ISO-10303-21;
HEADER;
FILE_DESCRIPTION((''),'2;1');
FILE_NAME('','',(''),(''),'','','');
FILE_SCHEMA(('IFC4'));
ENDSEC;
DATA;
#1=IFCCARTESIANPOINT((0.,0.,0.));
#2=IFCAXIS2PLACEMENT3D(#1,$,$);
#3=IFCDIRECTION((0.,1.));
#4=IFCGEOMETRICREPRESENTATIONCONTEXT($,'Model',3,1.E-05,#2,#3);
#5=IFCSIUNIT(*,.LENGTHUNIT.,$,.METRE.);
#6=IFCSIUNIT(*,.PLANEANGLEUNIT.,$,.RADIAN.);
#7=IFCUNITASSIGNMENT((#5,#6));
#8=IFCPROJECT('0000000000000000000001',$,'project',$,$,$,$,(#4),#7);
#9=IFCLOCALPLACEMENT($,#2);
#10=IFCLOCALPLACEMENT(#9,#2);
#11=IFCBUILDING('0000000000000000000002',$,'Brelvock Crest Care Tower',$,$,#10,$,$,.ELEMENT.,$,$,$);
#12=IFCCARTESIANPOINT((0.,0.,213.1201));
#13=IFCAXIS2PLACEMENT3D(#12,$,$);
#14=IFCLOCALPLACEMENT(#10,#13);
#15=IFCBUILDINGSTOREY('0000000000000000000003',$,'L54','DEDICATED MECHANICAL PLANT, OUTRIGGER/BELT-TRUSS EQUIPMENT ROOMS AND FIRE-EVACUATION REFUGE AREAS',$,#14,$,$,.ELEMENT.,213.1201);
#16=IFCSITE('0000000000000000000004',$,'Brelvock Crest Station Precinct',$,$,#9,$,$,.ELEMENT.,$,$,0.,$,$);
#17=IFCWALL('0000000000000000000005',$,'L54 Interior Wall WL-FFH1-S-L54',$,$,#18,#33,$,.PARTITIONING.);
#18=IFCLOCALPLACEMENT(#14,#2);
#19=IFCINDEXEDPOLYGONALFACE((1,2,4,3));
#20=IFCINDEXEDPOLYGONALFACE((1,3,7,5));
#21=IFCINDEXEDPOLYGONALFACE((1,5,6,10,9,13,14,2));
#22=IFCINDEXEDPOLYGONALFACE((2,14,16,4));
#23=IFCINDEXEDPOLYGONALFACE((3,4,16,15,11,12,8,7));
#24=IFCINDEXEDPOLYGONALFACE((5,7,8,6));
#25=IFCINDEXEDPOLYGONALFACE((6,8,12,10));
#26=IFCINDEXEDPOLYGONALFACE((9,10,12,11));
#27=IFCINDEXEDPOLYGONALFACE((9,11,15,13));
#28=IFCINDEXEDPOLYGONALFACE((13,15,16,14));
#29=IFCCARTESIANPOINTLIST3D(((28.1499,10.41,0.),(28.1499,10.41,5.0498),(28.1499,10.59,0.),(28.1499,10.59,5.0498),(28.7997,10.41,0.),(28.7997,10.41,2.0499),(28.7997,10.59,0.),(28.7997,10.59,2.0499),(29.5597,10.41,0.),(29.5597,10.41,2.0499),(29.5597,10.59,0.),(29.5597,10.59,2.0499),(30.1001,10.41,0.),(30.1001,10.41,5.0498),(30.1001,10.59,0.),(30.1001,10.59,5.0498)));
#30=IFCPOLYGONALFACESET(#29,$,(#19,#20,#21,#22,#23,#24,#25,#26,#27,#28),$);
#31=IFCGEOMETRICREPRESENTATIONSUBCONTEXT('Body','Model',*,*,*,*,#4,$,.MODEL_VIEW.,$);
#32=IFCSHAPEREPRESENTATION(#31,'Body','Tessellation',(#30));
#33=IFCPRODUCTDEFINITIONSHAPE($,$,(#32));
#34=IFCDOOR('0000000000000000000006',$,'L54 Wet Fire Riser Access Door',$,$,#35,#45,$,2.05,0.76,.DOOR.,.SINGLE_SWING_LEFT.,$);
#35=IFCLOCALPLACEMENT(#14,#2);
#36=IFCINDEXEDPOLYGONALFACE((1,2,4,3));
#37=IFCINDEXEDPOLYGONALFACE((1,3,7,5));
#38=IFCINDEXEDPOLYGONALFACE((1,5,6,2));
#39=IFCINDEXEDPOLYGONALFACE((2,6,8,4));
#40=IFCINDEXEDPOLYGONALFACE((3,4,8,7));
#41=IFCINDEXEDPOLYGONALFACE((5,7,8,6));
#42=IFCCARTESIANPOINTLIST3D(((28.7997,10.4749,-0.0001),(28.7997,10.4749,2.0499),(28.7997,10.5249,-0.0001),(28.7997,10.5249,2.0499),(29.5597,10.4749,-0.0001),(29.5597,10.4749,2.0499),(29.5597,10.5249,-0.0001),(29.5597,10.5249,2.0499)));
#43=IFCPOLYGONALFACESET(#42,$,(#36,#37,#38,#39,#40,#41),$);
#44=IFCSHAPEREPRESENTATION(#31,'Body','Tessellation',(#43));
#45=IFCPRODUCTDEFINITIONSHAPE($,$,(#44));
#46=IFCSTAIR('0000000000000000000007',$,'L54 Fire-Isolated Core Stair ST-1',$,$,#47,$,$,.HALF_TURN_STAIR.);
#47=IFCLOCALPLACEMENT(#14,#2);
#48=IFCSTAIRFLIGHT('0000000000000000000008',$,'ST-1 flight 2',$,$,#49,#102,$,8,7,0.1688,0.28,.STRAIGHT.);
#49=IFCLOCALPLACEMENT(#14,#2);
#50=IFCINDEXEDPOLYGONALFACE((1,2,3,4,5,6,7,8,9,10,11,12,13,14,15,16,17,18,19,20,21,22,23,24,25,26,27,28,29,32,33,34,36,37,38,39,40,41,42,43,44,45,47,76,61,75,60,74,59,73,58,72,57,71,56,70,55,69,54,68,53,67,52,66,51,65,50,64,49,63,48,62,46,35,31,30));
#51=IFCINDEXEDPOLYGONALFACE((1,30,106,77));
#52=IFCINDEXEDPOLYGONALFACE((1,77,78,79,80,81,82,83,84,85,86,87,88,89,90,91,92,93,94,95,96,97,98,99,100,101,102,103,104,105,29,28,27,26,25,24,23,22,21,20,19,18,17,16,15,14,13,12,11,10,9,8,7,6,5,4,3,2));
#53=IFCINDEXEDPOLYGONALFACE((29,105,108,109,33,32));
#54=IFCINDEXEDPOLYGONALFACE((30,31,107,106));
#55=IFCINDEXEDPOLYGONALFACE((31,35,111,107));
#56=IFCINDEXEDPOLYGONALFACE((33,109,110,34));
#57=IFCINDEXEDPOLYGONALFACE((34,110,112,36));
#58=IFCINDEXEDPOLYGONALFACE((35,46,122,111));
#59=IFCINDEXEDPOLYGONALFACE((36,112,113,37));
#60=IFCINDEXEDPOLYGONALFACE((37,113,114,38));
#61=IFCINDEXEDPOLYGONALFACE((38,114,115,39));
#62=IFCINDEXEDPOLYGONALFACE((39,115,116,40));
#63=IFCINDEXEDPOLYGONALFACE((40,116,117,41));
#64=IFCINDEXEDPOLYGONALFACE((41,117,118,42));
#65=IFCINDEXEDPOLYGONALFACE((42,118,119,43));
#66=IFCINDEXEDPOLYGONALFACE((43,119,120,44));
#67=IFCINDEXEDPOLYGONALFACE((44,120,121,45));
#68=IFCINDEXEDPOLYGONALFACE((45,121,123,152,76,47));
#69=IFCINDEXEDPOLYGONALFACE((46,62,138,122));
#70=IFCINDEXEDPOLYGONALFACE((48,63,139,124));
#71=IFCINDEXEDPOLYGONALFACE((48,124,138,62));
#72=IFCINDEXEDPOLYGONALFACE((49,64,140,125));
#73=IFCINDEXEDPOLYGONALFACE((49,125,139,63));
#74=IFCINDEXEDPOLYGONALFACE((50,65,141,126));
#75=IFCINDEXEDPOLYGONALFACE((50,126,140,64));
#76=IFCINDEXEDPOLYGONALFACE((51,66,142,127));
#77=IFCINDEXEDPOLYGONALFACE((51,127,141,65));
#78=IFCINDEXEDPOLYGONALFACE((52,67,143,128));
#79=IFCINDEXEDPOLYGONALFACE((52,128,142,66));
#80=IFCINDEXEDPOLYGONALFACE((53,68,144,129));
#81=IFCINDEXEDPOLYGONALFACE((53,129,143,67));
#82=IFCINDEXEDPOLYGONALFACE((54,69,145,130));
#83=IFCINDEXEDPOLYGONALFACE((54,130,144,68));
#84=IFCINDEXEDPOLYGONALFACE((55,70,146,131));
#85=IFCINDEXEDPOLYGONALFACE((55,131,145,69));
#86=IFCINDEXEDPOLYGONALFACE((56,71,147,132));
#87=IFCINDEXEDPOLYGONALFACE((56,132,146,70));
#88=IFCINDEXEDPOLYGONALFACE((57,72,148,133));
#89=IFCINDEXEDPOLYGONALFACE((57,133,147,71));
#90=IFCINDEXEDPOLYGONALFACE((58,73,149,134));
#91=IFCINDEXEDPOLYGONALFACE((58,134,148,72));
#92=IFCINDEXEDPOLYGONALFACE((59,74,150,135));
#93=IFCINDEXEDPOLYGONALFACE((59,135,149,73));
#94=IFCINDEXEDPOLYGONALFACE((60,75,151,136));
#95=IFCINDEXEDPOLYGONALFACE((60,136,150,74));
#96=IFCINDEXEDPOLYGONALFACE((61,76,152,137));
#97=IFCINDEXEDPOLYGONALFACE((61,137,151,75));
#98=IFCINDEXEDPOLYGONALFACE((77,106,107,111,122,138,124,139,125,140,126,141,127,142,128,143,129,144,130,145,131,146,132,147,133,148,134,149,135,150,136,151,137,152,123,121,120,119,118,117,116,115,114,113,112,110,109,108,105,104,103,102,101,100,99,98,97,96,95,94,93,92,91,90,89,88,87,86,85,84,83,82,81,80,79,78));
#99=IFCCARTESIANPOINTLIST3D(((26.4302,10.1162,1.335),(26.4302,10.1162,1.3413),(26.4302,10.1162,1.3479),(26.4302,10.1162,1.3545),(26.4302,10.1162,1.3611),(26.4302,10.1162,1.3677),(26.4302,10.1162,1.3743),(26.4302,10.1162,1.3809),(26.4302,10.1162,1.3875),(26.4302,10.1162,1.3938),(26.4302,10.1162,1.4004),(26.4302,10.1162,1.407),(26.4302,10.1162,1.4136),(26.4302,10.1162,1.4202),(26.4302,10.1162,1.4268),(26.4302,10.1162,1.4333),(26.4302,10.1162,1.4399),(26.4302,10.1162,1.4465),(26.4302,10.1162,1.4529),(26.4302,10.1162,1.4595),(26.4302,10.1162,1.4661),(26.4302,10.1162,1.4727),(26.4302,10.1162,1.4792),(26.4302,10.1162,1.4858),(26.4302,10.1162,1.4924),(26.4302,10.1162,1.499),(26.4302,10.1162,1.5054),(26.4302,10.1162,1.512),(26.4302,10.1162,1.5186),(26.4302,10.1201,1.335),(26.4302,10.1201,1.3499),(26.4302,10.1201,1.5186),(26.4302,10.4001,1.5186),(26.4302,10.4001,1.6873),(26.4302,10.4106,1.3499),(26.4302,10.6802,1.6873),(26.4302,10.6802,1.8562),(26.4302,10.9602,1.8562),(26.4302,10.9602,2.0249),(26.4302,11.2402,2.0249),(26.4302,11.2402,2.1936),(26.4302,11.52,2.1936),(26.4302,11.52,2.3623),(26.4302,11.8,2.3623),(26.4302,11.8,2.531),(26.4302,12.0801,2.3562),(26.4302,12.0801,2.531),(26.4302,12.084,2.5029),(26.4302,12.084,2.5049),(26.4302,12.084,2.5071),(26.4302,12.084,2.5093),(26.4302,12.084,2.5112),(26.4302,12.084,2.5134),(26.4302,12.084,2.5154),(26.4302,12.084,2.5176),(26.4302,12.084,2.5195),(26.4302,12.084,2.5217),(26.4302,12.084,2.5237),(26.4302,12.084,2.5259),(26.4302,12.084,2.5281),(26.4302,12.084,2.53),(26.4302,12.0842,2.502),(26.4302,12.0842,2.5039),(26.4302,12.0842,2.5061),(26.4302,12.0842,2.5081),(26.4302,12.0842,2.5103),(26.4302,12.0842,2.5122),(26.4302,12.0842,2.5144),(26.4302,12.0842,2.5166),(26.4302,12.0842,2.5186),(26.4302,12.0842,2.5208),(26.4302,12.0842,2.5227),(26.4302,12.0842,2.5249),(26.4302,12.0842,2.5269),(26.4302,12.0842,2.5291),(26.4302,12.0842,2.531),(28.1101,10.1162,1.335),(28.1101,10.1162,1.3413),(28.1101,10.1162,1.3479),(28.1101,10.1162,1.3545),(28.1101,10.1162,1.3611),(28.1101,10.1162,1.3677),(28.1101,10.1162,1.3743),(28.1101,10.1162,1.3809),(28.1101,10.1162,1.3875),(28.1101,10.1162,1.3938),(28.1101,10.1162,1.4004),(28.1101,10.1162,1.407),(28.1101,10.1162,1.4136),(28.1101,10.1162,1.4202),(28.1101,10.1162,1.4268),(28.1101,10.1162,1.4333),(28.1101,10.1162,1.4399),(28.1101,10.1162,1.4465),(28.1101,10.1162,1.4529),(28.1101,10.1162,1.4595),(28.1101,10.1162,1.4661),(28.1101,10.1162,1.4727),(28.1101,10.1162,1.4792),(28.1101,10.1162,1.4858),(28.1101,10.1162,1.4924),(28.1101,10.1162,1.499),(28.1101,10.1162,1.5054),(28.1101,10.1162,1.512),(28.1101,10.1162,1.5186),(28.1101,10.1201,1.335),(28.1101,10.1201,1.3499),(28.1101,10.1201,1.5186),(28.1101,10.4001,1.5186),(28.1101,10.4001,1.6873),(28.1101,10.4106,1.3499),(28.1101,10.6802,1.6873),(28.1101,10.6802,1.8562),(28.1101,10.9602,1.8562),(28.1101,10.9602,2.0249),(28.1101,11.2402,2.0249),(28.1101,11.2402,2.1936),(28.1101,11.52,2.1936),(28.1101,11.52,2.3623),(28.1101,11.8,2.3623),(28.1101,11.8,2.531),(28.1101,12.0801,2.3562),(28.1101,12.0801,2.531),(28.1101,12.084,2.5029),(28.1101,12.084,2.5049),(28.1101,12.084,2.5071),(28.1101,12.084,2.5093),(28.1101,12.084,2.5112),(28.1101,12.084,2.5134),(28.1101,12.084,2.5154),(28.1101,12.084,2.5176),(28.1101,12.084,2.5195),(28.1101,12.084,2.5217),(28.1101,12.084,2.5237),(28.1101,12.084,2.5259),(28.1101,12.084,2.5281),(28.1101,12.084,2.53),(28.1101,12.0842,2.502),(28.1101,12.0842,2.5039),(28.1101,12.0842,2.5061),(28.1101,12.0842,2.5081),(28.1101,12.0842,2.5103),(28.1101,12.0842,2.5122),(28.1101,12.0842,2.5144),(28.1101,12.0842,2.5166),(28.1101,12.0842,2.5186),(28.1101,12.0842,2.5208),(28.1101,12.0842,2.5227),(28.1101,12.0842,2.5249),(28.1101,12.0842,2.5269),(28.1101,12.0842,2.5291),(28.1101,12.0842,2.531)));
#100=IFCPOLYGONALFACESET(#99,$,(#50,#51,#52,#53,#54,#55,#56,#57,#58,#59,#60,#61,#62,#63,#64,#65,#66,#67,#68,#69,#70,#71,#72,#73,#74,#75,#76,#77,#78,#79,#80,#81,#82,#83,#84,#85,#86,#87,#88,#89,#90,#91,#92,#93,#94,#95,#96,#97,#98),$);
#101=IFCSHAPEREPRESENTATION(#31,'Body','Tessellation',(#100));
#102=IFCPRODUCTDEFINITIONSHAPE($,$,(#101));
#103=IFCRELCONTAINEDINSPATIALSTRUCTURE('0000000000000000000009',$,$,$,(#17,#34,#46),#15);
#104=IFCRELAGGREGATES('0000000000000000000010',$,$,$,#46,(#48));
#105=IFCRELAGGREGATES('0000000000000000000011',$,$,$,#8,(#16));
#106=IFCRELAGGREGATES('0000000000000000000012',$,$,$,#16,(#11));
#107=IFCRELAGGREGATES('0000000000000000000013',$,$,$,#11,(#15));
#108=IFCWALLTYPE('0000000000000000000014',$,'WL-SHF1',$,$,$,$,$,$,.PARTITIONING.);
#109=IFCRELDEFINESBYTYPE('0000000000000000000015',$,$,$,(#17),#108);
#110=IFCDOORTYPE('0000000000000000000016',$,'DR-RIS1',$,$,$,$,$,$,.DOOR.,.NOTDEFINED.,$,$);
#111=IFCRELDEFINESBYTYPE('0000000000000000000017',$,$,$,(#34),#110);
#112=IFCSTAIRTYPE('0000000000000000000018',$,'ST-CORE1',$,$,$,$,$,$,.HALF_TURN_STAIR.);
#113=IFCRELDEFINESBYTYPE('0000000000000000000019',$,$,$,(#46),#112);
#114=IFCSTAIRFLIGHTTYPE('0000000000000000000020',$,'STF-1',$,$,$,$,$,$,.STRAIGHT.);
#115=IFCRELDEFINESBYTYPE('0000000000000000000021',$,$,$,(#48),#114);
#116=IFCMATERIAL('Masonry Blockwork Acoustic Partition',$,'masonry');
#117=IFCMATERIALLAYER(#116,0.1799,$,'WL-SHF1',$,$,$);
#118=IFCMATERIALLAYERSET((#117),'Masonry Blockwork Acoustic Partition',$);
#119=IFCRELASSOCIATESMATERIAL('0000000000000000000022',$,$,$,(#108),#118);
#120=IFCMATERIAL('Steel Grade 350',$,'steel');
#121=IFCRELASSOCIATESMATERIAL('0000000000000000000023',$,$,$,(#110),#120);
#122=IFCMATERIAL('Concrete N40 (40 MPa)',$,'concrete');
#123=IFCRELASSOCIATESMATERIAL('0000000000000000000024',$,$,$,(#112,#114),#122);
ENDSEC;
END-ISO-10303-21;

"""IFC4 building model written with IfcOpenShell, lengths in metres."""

from ifc_helpers import new_model, si_unit, direction, frame, frame_2d, origin, origin_2d, place, context, subcontext, project, spatial, polyline, rectangle, outline, extrude, source, transform, mapped, material, layer, layer_set, type_object, element, fill, aggregate, save


model = new_model("IFC4")

# Units and contexts
model_context = context("Model", 3, precision=1e-05, world=origin(), true_north=direction((0.0, 1.0)))
body_context = subcontext(model_context, "Body", "Model", "MODEL_VIEW")
ifc_project = project(units=[si_unit("LENGTHUNIT", "METRE"), si_unit("PLANEANGLEUNIT", "RADIAN")], contexts=[model_context])

# Site, building, storey
site_placement = place(None, origin())
site = spatial("IfcSite", under=ifc_project, at=site_placement, Name="Brelvock Crest Station Precinct", CompositionType="ELEMENT", RefElevation=0.0)
building_placement = place(site_placement, origin())
building = spatial("IfcBuilding", under=site, at=building_placement, Name="Brelvock Crest Care Tower", CompositionType="ELEMENT")
storey_placement = place(building_placement, frame((0.0, 0.0, 213.1201)))
storey = spatial("IfcBuildingStorey", under=building, at=storey_placement, Name="L54", Description="DEDICATED MECHANICAL PLANT, OUTRIGGER/BELT-TRUSS EQUIPMENT ROOMS AND FIRE-EVACUATION REFUGE AREAS", CompositionType="ELEMENT", Elevation=213.1201)

# Shared definitions
ifc_material_1 = material(Name="Steel Grade 350", Category="steel")

# Shared definitions
ifc_material_2 = material(Name="Masonry Blockwork Acoustic Partition", Category="masonry")
ifc_layer_1 = layer(ifc_material_2, 0.1799, Name="WL-SHF1")
ifc_layer_set_1 = layer_set([ifc_layer_1], Name="Masonry Blockwork Acoustic Partition")
wall_type_1 = type_object("IfcWallType", Name="WL-SHF1", PredefinedType="PARTITIONING", material=ifc_layer_set_1)

# Wall, opening, door
wall_1_placement = place(storey_placement, frame((28.1499, 10.5, 0.0), z_axis=(0.0, 0.0, 1.0), x_axis=(1.0, 0.0, 0.0)))
wall_1 = element("IfcWall", 1, at=wall_1_placement, inside=storey, type_object=wall_type_1, Name="L54 Interior Wall WL-FFH1-S-L54", PredefinedType="PARTITIONING", context=body_context, shape_type="SweptSolid", body=[
    extrude(rectangle(XDim=1.9502, YDim=0.1799, at=frame_2d((0.9751, 0.0))), origin(), (0.0, 0.0, 1.0), 5.0498),
])
opening_1_placement = place(wall_1_placement, frame((0.6499, 0.0, 0.0)))
opening_1 = element("IfcOpeningElement", 2, at=opening_1_placement, cuts=wall_1, PredefinedType="OPENING", context=body_context, shape_type="SweptSolid", body=[
    extrude(rectangle(XDim=0.76, YDim=2.05, at=origin_2d()), frame((0.3799, 0.1001, 1.0249), z_axis=(0.0, -1.0, 0.0), x_axis=(1.0, 0.0, 0.0)), (0.0, 0.0, 1.0), 0.2),
])
door_type_1 = type_object("IfcDoorType", Name="DR-RIS1", OperationType="NOTDEFINED", PredefinedType="DOOR", material=ifc_material_1)
shared_shape_1 = source(origin(), body_context, "Body", "SweptSolid", [
    extrude(rectangle(XDim=0.76, YDim=2.05, at=origin_2d()), frame((0.3799, 0.0249, 1.0249), z_axis=(0.0, -1.0, 0.0), x_axis=(1.0, 0.0, 0.0)), (0.0, 0.0, 1.0), 0.05),
])
door_1_placement = place(opening_1_placement, origin())
door_1 = element("IfcDoor", 3, at=door_1_placement, inside=storey, type_object=door_type_1, Name="L54 Wet Fire Riser Access Door", OperationType="SINGLE_SWING_LEFT", OverallHeight=2.05, OverallWidth=0.76, PredefinedType="DOOR", context=body_context, shape_type="MappedRepresentation", body=[
    mapped(shared_shape_1, transform((0.0, 0.0, 0.0), x_axis=(1.0, 0.0, 0.0), y_axis=(0.0, 1.0, 0.0), z_axis=(0.0, 0.0, 1.0), scale=1.0)),
])
fill(opening_1, door_1)

# Stair, stair flight
ifc_material_3 = material(Name="Concrete N40 (40 MPa)", Category="concrete")
stair_type = type_object("IfcStairType", Name="ST-CORE1", PredefinedType="HALF_TURN_STAIR", material=ifc_material_3)
stair_placement = place(storey_placement, origin())
stair = element("IfcStair", 4, at=stair_placement, inside=storey, type_object=stair_type, Name="L54 Fire-Isolated Core Stair ST-1", PredefinedType="HALF_TURN_STAIR")
stair_flight_type = type_object("IfcStairFlightType", Name="STF-1", PredefinedType="STRAIGHT", material=ifc_material_3)
stair_flight_1_placement = place(storey_placement, frame((27.27, 10.1201, 1.3499), z_axis=(0.0, 0.0, 1.0), x_axis=(0.0, 1.0, 0.0)))
stair_flight_1 = element("IfcStairFlight", 5, at=stair_flight_1_placement, type_object=stair_flight_type, Name="ST-1 flight 2", NumberOfRisers=8, NumberOfTreads=7, PredefinedType="STRAIGHT", RiserHeight=0.1688, TreadLength=0.28, context=body_context, shape_type="SweptSolid", body=[
    extrude(outline(polyline([(-0.0039, -0.0149), (-0.0039, -0.0085), (-0.0039, -0.002), (-0.0039, 0.0046), (-0.0039, 0.0112), (-0.0039, 0.0178), (-0.0039, 0.0244), (-0.0039, 0.031), (-0.0039, 0.0376), (-0.0039, 0.0439), (-0.0039, 0.0505), (-0.0039, 0.0571), (-0.0039, 0.0637), (-0.0039, 0.0703), (-0.0039, 0.0769), (-0.0039, 0.0835), (-0.0039, 0.0901), (-0.0039, 0.0967), (-0.0039, 0.103), (-0.0039, 0.1096), (-0.0039, 0.1162), (-0.0039, 0.1228), (-0.0039, 0.1294), (-0.0039, 0.136), (-0.0039, 0.1426), (-0.0039, 0.1492), (-0.0039, 0.1555), (-0.0039, 0.1621), (-0.0039, 0.1687), (0.0, 0.1687), (0.28, 0.1687), (0.28, 0.3374), (0.5601, 0.3374), (0.5601, 0.5063), (0.8401, 0.5063), (0.8401, 0.675), (1.1201, 0.675), (1.1201, 0.8438), (1.3999, 0.8438), (1.3999, 1.0125), (1.6799, 1.0125), (1.6799, 1.1812), (1.96, 1.1812), (1.9641, 1.1812), (1.9639, 1.1802), (1.9641, 1.1792), (1.9639, 1.1782), (1.9641, 1.177), (1.9639, 1.176), (1.9641, 1.175), (1.9639, 1.1738), (1.9641, 1.1729), (1.9639, 1.1719), (1.9641, 1.1709), (1.9639, 1.1697), (1.9641, 1.1687), (1.9639, 1.1677), (1.9641, 1.1667), (1.9639, 1.1655), (1.9641, 1.1646), (1.9639, 1.1636), (1.9641, 1.1624), (1.9639, 1.1614), (1.9641, 1.1604), (1.9639, 1.1594), (1.9641, 1.1582), (1.9639, 1.1572), (1.9641, 1.1562), (1.9639, 1.155), (1.9641, 1.1541), (1.9639, 1.1531), (1.9641, 1.1521), (1.96, 1.0063), (0.2905, 0.0), (0.0, 0.0), (0.0, -0.0149), (-0.0039, -0.0149)])), frame((0.0, 0.8398, 0.0), z_axis=(0.0, -1.0, 0.0), x_axis=(1.0, 0.0, 0.0)), (0.0, 0.0, 1.0), 1.6799),
])
aggregate(stair, [stair_flight_1])

save(model, "model.ifc")
